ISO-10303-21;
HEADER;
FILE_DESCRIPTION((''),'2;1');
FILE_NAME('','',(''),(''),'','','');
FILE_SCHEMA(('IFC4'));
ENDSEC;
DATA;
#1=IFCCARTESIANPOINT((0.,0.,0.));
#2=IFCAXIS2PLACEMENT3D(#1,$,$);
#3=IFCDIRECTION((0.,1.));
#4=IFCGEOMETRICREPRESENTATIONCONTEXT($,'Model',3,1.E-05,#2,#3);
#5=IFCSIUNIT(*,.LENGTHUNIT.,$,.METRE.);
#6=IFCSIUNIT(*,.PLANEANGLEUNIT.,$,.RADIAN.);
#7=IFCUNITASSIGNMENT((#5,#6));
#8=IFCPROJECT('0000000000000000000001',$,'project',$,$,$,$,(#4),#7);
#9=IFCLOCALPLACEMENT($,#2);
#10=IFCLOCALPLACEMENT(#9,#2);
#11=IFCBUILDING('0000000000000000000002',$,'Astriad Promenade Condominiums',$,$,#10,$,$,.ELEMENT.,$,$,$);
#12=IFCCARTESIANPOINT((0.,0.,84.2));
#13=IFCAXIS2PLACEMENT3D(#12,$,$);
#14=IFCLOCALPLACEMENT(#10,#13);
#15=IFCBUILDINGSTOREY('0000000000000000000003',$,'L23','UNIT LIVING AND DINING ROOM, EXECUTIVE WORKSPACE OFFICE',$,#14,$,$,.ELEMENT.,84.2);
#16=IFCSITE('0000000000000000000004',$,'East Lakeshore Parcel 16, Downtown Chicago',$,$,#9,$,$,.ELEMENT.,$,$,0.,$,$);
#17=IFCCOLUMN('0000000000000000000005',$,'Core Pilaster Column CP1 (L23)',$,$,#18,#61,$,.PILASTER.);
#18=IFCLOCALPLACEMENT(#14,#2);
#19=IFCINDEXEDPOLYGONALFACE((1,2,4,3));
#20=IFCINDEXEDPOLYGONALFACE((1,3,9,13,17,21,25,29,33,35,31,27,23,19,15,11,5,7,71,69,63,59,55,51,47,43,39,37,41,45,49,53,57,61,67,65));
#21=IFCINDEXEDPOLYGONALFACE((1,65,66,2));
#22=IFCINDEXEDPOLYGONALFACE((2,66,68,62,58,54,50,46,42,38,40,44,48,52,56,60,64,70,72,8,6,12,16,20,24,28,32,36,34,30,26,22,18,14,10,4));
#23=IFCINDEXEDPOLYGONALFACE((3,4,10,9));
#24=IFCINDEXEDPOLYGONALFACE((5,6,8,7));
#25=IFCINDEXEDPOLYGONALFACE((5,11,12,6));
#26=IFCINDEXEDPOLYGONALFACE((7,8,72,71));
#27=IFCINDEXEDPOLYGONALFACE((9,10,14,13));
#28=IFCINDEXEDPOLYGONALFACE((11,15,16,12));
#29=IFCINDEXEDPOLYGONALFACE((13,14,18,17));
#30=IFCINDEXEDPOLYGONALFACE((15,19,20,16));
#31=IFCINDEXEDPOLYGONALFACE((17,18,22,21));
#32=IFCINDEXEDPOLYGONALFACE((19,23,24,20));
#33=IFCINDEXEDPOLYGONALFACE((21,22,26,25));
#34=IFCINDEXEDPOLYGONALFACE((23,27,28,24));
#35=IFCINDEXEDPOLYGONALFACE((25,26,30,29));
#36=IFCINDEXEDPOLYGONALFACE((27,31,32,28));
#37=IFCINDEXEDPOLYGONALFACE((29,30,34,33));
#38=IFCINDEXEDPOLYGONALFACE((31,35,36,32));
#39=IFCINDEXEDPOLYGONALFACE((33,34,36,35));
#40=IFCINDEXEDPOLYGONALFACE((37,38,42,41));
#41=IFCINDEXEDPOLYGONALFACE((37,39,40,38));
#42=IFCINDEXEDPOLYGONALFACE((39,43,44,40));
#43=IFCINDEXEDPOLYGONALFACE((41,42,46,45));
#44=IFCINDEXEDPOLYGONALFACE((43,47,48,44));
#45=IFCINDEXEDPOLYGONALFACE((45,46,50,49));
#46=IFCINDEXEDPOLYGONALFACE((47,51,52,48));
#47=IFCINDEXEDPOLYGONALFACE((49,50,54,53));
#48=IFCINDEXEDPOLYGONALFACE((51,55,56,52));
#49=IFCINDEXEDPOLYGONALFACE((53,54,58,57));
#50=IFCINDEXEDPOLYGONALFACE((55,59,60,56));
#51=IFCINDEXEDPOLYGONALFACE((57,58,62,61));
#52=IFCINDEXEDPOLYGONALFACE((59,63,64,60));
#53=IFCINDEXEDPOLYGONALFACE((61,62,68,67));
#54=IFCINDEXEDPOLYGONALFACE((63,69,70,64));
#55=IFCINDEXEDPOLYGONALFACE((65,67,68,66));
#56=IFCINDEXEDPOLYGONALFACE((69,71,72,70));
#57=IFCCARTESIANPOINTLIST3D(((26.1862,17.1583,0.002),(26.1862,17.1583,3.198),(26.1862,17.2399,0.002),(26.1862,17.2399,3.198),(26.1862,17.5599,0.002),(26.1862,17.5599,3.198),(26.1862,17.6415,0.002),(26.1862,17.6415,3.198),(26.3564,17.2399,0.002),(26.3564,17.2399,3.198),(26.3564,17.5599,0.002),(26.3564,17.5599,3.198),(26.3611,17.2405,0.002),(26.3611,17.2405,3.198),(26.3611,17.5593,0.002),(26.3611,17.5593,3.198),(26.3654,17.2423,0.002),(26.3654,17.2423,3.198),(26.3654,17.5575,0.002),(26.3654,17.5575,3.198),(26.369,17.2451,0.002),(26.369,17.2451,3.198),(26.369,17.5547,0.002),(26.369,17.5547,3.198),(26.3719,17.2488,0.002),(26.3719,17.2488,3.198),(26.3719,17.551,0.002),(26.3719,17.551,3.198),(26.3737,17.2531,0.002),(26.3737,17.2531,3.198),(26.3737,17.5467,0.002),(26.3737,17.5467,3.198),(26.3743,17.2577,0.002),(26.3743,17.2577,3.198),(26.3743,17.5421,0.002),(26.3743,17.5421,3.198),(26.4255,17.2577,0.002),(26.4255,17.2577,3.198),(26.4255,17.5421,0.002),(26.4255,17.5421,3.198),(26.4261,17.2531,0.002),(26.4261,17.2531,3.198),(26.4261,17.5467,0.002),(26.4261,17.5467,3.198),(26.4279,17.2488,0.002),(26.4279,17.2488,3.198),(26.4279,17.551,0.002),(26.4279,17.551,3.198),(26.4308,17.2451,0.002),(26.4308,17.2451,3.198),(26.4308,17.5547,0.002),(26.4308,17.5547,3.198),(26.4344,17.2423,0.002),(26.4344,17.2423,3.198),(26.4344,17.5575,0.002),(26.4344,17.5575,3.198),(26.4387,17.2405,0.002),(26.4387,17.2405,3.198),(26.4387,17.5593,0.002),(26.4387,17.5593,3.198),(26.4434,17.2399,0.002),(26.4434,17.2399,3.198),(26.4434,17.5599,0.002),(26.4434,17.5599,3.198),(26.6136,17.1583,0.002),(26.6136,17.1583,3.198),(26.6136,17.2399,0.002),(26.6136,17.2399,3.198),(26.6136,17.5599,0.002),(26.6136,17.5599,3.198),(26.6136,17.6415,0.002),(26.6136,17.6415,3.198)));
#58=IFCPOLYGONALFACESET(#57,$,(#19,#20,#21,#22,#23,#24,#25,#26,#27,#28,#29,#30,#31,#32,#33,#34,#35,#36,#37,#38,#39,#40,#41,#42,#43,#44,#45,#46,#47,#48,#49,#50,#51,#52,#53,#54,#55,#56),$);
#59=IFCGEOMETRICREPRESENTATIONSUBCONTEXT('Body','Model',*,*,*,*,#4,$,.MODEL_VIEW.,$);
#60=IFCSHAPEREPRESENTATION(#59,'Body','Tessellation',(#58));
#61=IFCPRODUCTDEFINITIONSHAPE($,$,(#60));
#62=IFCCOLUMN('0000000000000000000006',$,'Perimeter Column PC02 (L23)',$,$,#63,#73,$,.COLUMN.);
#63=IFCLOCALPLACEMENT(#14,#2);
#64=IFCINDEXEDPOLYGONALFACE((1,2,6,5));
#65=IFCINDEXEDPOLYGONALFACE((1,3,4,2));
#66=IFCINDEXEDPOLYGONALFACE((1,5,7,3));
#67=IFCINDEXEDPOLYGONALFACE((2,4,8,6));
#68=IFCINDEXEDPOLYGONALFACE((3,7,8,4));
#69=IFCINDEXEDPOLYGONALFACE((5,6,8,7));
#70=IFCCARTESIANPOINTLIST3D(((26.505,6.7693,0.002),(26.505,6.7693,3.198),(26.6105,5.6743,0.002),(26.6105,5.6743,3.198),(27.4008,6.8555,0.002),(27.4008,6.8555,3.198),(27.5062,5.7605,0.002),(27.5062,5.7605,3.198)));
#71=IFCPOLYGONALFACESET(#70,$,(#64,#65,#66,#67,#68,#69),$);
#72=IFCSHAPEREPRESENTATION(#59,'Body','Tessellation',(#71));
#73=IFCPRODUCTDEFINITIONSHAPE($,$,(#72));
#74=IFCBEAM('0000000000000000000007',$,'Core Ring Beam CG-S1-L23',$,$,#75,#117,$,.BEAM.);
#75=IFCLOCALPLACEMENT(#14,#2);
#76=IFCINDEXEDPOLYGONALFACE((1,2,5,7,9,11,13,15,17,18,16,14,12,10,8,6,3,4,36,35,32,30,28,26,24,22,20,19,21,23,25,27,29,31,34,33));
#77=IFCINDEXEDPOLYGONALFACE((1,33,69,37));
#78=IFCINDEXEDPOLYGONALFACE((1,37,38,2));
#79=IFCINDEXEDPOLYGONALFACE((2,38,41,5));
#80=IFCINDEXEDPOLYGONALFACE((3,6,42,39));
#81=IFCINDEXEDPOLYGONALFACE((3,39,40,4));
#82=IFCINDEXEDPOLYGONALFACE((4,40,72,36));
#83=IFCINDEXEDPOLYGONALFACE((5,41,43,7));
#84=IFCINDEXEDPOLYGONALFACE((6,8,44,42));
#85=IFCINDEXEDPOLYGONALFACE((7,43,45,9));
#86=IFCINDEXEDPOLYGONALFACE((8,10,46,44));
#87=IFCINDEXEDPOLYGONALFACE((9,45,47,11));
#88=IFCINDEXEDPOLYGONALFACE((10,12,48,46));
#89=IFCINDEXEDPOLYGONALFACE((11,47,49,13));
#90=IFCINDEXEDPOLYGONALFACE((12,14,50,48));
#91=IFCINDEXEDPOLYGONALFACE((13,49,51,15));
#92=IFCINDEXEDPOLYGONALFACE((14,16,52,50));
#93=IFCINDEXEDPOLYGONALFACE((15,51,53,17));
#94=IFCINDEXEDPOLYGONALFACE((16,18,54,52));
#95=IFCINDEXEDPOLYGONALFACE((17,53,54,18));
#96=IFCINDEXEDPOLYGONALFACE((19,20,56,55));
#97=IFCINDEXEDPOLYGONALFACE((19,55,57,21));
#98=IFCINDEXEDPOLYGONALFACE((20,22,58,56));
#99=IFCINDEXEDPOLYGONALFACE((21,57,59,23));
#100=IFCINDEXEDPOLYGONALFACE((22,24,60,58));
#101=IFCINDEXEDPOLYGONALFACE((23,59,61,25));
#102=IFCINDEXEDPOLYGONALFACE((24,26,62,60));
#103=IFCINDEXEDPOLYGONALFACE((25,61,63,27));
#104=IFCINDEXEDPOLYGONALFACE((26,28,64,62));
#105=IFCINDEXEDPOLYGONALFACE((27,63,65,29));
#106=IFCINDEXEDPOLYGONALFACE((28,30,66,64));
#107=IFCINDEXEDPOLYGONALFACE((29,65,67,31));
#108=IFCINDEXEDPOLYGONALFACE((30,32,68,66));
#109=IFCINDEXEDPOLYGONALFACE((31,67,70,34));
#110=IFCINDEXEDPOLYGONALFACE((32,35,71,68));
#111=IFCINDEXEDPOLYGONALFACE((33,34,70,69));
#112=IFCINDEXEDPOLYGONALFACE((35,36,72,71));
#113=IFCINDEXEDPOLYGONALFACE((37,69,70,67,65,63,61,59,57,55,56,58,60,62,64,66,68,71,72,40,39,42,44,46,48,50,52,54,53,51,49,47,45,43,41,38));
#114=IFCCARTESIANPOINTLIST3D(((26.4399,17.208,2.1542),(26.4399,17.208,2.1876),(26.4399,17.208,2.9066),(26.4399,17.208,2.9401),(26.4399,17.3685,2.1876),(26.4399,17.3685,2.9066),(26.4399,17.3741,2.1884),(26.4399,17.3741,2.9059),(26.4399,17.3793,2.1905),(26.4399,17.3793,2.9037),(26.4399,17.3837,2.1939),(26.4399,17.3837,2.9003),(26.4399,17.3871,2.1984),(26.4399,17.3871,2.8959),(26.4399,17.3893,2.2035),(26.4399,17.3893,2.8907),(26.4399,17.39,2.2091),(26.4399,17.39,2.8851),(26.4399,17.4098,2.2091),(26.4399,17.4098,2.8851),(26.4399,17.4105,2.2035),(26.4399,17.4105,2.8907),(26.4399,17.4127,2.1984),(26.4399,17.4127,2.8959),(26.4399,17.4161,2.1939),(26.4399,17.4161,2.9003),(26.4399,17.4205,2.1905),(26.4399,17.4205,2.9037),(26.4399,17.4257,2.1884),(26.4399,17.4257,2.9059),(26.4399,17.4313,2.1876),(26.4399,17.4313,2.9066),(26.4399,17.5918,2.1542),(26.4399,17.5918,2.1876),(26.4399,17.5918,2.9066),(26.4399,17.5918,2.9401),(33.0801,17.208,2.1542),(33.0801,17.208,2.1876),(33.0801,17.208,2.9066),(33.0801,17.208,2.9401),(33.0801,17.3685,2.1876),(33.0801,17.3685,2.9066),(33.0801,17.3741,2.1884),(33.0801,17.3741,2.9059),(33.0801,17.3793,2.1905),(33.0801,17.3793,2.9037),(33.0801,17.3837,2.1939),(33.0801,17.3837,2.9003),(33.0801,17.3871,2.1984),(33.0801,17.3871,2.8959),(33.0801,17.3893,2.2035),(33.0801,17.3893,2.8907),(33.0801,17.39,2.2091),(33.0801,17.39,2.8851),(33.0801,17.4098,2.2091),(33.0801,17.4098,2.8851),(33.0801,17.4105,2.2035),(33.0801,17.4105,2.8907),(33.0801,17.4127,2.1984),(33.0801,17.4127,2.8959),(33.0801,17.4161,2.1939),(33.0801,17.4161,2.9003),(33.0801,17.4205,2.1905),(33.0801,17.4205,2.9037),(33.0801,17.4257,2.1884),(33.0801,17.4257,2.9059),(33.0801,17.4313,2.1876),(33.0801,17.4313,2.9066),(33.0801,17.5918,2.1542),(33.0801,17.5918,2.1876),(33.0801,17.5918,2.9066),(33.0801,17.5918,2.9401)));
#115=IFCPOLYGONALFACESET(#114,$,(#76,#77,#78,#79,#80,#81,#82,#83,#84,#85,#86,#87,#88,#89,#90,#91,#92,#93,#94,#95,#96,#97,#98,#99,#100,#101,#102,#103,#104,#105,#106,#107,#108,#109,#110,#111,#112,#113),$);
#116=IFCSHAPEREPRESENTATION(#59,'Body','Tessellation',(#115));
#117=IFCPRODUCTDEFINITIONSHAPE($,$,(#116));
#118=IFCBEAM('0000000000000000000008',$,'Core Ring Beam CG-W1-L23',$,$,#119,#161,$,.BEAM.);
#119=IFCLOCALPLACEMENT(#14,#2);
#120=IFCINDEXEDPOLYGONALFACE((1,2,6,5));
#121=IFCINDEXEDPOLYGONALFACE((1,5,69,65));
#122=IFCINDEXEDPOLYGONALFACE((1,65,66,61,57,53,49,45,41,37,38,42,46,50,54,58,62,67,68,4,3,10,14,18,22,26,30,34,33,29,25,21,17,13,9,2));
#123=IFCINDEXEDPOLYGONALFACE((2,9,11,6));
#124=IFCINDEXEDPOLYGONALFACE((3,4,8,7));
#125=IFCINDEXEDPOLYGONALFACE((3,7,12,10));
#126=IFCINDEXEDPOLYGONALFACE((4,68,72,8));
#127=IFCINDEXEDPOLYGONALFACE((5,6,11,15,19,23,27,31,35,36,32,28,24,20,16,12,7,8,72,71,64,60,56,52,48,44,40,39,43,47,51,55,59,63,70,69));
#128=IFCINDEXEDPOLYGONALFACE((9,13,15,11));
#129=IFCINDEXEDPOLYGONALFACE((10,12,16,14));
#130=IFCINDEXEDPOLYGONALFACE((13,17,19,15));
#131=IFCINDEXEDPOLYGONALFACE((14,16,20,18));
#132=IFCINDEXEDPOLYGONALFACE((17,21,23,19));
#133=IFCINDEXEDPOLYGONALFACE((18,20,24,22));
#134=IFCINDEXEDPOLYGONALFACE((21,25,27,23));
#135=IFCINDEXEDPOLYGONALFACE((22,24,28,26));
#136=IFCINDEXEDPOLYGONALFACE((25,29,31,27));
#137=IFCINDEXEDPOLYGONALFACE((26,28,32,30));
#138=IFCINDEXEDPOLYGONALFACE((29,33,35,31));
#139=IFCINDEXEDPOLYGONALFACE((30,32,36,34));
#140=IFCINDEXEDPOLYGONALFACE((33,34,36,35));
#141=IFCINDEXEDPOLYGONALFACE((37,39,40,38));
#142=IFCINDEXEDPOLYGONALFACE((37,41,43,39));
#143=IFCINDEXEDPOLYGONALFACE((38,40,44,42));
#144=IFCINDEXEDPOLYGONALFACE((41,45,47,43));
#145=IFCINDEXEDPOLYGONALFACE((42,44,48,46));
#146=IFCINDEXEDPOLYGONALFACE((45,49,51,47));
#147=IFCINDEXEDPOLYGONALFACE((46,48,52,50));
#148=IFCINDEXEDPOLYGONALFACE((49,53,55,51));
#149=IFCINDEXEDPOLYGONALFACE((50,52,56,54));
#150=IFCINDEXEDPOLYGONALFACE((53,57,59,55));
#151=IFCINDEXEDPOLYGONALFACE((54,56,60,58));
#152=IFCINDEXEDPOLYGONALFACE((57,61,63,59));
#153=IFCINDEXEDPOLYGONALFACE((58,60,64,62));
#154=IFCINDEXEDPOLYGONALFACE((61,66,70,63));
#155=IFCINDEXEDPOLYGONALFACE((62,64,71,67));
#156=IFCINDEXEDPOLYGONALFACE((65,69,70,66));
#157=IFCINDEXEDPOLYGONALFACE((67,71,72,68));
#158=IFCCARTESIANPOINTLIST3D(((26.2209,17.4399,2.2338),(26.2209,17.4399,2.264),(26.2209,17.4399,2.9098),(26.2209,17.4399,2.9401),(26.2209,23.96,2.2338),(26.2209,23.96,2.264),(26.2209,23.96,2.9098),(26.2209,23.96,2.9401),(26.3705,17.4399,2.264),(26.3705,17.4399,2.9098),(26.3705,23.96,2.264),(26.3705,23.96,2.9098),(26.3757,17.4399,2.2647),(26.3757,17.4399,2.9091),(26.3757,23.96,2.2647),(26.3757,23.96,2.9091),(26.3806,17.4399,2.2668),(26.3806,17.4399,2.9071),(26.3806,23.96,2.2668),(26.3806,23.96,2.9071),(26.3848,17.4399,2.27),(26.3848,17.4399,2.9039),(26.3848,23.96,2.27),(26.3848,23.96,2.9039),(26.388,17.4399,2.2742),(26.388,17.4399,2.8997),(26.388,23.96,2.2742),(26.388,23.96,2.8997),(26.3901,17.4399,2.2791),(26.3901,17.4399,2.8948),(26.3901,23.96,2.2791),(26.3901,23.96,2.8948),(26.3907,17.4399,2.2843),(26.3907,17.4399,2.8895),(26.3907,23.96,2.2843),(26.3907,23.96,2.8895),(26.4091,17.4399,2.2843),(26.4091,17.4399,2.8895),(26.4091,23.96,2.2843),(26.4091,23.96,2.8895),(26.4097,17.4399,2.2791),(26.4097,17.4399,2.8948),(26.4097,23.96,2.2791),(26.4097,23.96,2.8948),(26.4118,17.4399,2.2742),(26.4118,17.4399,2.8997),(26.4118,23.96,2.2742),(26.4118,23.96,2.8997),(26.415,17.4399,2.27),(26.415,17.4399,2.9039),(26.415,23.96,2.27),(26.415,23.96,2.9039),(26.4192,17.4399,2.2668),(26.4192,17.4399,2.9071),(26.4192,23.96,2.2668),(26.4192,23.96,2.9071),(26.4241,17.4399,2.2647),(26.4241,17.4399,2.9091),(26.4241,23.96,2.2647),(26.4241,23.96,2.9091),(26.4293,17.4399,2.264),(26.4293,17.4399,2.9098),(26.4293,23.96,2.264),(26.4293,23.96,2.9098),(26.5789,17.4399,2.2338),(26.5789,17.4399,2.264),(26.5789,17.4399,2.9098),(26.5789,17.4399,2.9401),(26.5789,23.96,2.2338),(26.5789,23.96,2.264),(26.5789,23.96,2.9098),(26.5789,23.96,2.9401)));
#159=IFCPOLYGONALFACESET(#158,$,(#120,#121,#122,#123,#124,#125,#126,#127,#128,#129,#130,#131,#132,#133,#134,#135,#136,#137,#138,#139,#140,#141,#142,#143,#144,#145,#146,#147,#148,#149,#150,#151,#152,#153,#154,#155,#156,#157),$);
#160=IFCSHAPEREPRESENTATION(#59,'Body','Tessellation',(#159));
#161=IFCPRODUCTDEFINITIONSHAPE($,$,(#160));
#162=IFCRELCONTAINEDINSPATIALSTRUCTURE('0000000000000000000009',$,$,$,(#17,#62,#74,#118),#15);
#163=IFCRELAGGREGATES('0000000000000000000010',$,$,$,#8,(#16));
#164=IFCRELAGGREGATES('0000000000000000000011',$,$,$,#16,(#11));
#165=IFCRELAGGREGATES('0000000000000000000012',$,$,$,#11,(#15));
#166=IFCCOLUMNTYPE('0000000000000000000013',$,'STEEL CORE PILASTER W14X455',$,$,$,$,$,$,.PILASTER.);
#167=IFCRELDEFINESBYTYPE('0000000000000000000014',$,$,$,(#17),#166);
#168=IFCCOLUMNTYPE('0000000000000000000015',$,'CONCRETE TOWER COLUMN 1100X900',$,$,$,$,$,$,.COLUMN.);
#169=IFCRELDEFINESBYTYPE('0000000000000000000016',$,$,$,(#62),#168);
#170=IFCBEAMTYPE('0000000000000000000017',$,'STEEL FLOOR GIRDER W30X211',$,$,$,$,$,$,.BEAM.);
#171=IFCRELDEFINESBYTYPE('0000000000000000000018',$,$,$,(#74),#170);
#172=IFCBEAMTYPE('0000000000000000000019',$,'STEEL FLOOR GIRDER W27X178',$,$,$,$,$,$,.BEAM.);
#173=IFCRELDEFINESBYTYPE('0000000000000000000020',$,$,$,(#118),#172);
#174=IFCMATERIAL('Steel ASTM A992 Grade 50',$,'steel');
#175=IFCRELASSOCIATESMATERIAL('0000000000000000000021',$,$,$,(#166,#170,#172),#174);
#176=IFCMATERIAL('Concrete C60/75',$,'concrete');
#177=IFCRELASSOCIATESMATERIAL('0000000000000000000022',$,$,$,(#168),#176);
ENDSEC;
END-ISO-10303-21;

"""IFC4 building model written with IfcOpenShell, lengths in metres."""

from ifc_helpers import new_model, si_unit, direction, frame, origin, origin_2d, place, context, subcontext, project, spatial, rectangle, i_section, extrude, source, transform, mapped, material, material_profile, profile_set, type_object, type_shapes, element, save


model = new_model("IFC4")

# Units and contexts
model_context = context("Model", 3, precision=1e-05, world=origin(), true_north=direction((0.0, 1.0)))
body_context = subcontext(model_context, "Body", "Model", "MODEL_VIEW")
ifc_project = project(units=[si_unit("LENGTHUNIT", "METRE"), si_unit("PLANEANGLEUNIT", "RADIAN")], contexts=[model_context])

# Site, building, storey
site_placement = place(None, origin())
site = spatial("IfcSite", under=ifc_project, at=site_placement, Name="East Lakeshore Parcel 16, Downtown Chicago", CompositionType="ELEMENT", RefElevation=0.0)
building_placement = place(site_placement, origin())
building = spatial("IfcBuilding", under=site, at=building_placement, Name="Astriad Promenade Condominiums", CompositionType="ELEMENT")
storey_placement = place(building_placement, frame((0.0, 0.0, 84.2)))
storey = spatial("IfcBuildingStorey", under=building, at=storey_placement, Name="L23", Description="UNIT LIVING AND DINING ROOM, EXECUTIVE WORKSPACE OFFICE", CompositionType="ELEMENT", Elevation=84.2)

# Columns
ifc_material_1 = material(Name="Steel ASTM A992 Grade 50", Category="steel")
ifc_material_profile_1 = material_profile(ifc_material_1, i_section(OverallWidth=0.4275, OverallDepth=0.4832, WebThickness=0.0513, FlangeThickness=0.0815, FilletRadius=0.0178, at=origin_2d()), Name="W14X455")
ifc_profile_set_1 = profile_set([ifc_material_profile_1], Name="Steel ASTM A992 Grade 50")
column_type_1 = type_object("IfcColumnType", Name="STEEL CORE PILASTER W14X455", PredefinedType="PILASTER", material=ifc_profile_set_1)
shared_shape_1 = source(origin(), body_context, "Body", "SweptSolid", [
    extrude(i_section(OverallWidth=0.4275, OverallDepth=0.4832, WebThickness=0.0513, FlangeThickness=0.0815, FilletRadius=0.0178, at=origin_2d()), origin(), (0.0, 0.0, 1.0), 3.196),
])
type_shapes(column_type_1, [shared_shape_1])
column_1_placement = place(storey_placement, frame((26.3999, 17.3999, 0.002), z_axis=(0.0, 0.0, 1.0), x_axis=(1.0, 0.0, 0.0)))
element("IfcColumn", 1, at=column_1_placement, inside=storey, type_object=column_type_1, Name="Core Pilaster Column CP1 (L23)", PredefinedType="PILASTER", context=body_context, shape_type="MappedRepresentation", body=[
    mapped(shared_shape_1, transform((0.0, 0.0, 0.0), scale=1.0)),
])
ifc_material_2 = material(Name="Concrete C60/75", Category="concrete")
ifc_material_profile_2 = material_profile(ifc_material_2, rectangle(XDim=0.8999, YDim=1.1001, at=origin_2d()), Name="RC-COL-1100X900")
ifc_profile_set_2 = profile_set([ifc_material_profile_2], Name="Concrete C60/75")
column_type_2 = type_object("IfcColumnType", Name="CONCRETE TOWER COLUMN 1100X900", PredefinedType="COLUMN", material=ifc_profile_set_2)
shared_shape_2 = source(origin(), body_context, "Body", "SweptSolid", [
    extrude(rectangle(XDim=0.8999, YDim=1.1001, at=origin_2d()), origin(), (0.0, 0.0, 1.0), 3.196),
])
type_shapes(column_type_2, [shared_shape_2])
column_2_placement = place(storey_placement, frame((27.0056, 6.2649, 0.002), z_axis=(0.0, 0.0, 1.0), x_axis=(0.995396, 0.095846, 0.0)))
element("IfcColumn", 2, at=column_2_placement, inside=storey, type_object=column_type_2, Name="Perimeter Column PC02 (L23)", PredefinedType="COLUMN", context=body_context, shape_type="MappedRepresentation", body=[
    mapped(shared_shape_2, transform((0.0, 0.0, 0.0), scale=1.0)),
])

# Beams
ifc_material_profile_3 = material_profile(ifc_material_1, i_section(OverallWidth=0.3838, OverallDepth=0.7859, WebThickness=0.0198, FlangeThickness=0.0334, FilletRadius=0.0215, at=origin_2d()), Name="W30X211")
ifc_profile_set_3 = profile_set([ifc_material_profile_3], Name="Steel ASTM A992 Grade 50")
beam_type_1 = type_object("IfcBeamType", Name="STEEL FLOOR GIRDER W30X211", PredefinedType="BEAM", material=ifc_profile_set_3)
shared_shape_3 = source(origin(), body_context, "Body", "SweptSolid", [
    extrude(i_section(OverallWidth=0.3838, OverallDepth=0.7859, WebThickness=0.0198, FlangeThickness=0.0334, FilletRadius=0.0215, at=origin_2d()), origin(), (0.0, 0.0, 1.0), 6.6401),
])
type_shapes(beam_type_1, [shared_shape_3])
beam_1_placement = place(storey_placement, frame((26.4399, 17.3999, 2.5471), z_axis=(1.0, 0.0, 0.0), x_axis=(0.0, 1.0, 0.0)))
element("IfcBeam", 3, at=beam_1_placement, inside=storey, type_object=beam_type_1, Name="Core Ring Beam CG-S1-L23", PredefinedType="BEAM", context=body_context, shape_type="MappedRepresentation", body=[
    mapped(shared_shape_3, transform((0.0, 0.0, 0.0), scale=1.0)),
])
ifc_material_profile_4 = material_profile(ifc_material_1, i_section(OverallWidth=0.3579, OverallDepth=0.7063, WebThickness=0.0183, FlangeThickness=0.0303, FilletRadius=0.0203, at=origin_2d()), Name="W27X178")
ifc_profile_set_4 = profile_set([ifc_material_profile_4], Name="Steel ASTM A992 Grade 50")
beam_type_2 = type_object("IfcBeamType", Name="STEEL FLOOR GIRDER W27X178", PredefinedType="BEAM", material=ifc_profile_set_4)
shared_shape_4 = source(origin(), body_context, "Body", "SweptSolid", [
    extrude(i_section(OverallWidth=0.3579, OverallDepth=0.7063, WebThickness=0.0183, FlangeThickness=0.0303, FilletRadius=0.0203, at=origin_2d()), origin(), (0.0, 0.0, 1.0), 6.52),
])
beam_2_placement = place(storey_placement, frame((26.3999, 17.4399, 2.5869), z_axis=(0.0, 1.0, 0.0), x_axis=(-1.0, 0.0, 0.0)))
element("IfcBeam", 4, at=beam_2_placement, inside=storey, type_object=beam_type_2, Name="Core Ring Beam CG-W1-L23", PredefinedType="BEAM", context=body_context, shape_type="MappedRepresentation", body=[
    mapped(shared_shape_4, transform((0.0, 0.0, 0.0), scale=1.0)),
])

save(model, "model.ifc")
